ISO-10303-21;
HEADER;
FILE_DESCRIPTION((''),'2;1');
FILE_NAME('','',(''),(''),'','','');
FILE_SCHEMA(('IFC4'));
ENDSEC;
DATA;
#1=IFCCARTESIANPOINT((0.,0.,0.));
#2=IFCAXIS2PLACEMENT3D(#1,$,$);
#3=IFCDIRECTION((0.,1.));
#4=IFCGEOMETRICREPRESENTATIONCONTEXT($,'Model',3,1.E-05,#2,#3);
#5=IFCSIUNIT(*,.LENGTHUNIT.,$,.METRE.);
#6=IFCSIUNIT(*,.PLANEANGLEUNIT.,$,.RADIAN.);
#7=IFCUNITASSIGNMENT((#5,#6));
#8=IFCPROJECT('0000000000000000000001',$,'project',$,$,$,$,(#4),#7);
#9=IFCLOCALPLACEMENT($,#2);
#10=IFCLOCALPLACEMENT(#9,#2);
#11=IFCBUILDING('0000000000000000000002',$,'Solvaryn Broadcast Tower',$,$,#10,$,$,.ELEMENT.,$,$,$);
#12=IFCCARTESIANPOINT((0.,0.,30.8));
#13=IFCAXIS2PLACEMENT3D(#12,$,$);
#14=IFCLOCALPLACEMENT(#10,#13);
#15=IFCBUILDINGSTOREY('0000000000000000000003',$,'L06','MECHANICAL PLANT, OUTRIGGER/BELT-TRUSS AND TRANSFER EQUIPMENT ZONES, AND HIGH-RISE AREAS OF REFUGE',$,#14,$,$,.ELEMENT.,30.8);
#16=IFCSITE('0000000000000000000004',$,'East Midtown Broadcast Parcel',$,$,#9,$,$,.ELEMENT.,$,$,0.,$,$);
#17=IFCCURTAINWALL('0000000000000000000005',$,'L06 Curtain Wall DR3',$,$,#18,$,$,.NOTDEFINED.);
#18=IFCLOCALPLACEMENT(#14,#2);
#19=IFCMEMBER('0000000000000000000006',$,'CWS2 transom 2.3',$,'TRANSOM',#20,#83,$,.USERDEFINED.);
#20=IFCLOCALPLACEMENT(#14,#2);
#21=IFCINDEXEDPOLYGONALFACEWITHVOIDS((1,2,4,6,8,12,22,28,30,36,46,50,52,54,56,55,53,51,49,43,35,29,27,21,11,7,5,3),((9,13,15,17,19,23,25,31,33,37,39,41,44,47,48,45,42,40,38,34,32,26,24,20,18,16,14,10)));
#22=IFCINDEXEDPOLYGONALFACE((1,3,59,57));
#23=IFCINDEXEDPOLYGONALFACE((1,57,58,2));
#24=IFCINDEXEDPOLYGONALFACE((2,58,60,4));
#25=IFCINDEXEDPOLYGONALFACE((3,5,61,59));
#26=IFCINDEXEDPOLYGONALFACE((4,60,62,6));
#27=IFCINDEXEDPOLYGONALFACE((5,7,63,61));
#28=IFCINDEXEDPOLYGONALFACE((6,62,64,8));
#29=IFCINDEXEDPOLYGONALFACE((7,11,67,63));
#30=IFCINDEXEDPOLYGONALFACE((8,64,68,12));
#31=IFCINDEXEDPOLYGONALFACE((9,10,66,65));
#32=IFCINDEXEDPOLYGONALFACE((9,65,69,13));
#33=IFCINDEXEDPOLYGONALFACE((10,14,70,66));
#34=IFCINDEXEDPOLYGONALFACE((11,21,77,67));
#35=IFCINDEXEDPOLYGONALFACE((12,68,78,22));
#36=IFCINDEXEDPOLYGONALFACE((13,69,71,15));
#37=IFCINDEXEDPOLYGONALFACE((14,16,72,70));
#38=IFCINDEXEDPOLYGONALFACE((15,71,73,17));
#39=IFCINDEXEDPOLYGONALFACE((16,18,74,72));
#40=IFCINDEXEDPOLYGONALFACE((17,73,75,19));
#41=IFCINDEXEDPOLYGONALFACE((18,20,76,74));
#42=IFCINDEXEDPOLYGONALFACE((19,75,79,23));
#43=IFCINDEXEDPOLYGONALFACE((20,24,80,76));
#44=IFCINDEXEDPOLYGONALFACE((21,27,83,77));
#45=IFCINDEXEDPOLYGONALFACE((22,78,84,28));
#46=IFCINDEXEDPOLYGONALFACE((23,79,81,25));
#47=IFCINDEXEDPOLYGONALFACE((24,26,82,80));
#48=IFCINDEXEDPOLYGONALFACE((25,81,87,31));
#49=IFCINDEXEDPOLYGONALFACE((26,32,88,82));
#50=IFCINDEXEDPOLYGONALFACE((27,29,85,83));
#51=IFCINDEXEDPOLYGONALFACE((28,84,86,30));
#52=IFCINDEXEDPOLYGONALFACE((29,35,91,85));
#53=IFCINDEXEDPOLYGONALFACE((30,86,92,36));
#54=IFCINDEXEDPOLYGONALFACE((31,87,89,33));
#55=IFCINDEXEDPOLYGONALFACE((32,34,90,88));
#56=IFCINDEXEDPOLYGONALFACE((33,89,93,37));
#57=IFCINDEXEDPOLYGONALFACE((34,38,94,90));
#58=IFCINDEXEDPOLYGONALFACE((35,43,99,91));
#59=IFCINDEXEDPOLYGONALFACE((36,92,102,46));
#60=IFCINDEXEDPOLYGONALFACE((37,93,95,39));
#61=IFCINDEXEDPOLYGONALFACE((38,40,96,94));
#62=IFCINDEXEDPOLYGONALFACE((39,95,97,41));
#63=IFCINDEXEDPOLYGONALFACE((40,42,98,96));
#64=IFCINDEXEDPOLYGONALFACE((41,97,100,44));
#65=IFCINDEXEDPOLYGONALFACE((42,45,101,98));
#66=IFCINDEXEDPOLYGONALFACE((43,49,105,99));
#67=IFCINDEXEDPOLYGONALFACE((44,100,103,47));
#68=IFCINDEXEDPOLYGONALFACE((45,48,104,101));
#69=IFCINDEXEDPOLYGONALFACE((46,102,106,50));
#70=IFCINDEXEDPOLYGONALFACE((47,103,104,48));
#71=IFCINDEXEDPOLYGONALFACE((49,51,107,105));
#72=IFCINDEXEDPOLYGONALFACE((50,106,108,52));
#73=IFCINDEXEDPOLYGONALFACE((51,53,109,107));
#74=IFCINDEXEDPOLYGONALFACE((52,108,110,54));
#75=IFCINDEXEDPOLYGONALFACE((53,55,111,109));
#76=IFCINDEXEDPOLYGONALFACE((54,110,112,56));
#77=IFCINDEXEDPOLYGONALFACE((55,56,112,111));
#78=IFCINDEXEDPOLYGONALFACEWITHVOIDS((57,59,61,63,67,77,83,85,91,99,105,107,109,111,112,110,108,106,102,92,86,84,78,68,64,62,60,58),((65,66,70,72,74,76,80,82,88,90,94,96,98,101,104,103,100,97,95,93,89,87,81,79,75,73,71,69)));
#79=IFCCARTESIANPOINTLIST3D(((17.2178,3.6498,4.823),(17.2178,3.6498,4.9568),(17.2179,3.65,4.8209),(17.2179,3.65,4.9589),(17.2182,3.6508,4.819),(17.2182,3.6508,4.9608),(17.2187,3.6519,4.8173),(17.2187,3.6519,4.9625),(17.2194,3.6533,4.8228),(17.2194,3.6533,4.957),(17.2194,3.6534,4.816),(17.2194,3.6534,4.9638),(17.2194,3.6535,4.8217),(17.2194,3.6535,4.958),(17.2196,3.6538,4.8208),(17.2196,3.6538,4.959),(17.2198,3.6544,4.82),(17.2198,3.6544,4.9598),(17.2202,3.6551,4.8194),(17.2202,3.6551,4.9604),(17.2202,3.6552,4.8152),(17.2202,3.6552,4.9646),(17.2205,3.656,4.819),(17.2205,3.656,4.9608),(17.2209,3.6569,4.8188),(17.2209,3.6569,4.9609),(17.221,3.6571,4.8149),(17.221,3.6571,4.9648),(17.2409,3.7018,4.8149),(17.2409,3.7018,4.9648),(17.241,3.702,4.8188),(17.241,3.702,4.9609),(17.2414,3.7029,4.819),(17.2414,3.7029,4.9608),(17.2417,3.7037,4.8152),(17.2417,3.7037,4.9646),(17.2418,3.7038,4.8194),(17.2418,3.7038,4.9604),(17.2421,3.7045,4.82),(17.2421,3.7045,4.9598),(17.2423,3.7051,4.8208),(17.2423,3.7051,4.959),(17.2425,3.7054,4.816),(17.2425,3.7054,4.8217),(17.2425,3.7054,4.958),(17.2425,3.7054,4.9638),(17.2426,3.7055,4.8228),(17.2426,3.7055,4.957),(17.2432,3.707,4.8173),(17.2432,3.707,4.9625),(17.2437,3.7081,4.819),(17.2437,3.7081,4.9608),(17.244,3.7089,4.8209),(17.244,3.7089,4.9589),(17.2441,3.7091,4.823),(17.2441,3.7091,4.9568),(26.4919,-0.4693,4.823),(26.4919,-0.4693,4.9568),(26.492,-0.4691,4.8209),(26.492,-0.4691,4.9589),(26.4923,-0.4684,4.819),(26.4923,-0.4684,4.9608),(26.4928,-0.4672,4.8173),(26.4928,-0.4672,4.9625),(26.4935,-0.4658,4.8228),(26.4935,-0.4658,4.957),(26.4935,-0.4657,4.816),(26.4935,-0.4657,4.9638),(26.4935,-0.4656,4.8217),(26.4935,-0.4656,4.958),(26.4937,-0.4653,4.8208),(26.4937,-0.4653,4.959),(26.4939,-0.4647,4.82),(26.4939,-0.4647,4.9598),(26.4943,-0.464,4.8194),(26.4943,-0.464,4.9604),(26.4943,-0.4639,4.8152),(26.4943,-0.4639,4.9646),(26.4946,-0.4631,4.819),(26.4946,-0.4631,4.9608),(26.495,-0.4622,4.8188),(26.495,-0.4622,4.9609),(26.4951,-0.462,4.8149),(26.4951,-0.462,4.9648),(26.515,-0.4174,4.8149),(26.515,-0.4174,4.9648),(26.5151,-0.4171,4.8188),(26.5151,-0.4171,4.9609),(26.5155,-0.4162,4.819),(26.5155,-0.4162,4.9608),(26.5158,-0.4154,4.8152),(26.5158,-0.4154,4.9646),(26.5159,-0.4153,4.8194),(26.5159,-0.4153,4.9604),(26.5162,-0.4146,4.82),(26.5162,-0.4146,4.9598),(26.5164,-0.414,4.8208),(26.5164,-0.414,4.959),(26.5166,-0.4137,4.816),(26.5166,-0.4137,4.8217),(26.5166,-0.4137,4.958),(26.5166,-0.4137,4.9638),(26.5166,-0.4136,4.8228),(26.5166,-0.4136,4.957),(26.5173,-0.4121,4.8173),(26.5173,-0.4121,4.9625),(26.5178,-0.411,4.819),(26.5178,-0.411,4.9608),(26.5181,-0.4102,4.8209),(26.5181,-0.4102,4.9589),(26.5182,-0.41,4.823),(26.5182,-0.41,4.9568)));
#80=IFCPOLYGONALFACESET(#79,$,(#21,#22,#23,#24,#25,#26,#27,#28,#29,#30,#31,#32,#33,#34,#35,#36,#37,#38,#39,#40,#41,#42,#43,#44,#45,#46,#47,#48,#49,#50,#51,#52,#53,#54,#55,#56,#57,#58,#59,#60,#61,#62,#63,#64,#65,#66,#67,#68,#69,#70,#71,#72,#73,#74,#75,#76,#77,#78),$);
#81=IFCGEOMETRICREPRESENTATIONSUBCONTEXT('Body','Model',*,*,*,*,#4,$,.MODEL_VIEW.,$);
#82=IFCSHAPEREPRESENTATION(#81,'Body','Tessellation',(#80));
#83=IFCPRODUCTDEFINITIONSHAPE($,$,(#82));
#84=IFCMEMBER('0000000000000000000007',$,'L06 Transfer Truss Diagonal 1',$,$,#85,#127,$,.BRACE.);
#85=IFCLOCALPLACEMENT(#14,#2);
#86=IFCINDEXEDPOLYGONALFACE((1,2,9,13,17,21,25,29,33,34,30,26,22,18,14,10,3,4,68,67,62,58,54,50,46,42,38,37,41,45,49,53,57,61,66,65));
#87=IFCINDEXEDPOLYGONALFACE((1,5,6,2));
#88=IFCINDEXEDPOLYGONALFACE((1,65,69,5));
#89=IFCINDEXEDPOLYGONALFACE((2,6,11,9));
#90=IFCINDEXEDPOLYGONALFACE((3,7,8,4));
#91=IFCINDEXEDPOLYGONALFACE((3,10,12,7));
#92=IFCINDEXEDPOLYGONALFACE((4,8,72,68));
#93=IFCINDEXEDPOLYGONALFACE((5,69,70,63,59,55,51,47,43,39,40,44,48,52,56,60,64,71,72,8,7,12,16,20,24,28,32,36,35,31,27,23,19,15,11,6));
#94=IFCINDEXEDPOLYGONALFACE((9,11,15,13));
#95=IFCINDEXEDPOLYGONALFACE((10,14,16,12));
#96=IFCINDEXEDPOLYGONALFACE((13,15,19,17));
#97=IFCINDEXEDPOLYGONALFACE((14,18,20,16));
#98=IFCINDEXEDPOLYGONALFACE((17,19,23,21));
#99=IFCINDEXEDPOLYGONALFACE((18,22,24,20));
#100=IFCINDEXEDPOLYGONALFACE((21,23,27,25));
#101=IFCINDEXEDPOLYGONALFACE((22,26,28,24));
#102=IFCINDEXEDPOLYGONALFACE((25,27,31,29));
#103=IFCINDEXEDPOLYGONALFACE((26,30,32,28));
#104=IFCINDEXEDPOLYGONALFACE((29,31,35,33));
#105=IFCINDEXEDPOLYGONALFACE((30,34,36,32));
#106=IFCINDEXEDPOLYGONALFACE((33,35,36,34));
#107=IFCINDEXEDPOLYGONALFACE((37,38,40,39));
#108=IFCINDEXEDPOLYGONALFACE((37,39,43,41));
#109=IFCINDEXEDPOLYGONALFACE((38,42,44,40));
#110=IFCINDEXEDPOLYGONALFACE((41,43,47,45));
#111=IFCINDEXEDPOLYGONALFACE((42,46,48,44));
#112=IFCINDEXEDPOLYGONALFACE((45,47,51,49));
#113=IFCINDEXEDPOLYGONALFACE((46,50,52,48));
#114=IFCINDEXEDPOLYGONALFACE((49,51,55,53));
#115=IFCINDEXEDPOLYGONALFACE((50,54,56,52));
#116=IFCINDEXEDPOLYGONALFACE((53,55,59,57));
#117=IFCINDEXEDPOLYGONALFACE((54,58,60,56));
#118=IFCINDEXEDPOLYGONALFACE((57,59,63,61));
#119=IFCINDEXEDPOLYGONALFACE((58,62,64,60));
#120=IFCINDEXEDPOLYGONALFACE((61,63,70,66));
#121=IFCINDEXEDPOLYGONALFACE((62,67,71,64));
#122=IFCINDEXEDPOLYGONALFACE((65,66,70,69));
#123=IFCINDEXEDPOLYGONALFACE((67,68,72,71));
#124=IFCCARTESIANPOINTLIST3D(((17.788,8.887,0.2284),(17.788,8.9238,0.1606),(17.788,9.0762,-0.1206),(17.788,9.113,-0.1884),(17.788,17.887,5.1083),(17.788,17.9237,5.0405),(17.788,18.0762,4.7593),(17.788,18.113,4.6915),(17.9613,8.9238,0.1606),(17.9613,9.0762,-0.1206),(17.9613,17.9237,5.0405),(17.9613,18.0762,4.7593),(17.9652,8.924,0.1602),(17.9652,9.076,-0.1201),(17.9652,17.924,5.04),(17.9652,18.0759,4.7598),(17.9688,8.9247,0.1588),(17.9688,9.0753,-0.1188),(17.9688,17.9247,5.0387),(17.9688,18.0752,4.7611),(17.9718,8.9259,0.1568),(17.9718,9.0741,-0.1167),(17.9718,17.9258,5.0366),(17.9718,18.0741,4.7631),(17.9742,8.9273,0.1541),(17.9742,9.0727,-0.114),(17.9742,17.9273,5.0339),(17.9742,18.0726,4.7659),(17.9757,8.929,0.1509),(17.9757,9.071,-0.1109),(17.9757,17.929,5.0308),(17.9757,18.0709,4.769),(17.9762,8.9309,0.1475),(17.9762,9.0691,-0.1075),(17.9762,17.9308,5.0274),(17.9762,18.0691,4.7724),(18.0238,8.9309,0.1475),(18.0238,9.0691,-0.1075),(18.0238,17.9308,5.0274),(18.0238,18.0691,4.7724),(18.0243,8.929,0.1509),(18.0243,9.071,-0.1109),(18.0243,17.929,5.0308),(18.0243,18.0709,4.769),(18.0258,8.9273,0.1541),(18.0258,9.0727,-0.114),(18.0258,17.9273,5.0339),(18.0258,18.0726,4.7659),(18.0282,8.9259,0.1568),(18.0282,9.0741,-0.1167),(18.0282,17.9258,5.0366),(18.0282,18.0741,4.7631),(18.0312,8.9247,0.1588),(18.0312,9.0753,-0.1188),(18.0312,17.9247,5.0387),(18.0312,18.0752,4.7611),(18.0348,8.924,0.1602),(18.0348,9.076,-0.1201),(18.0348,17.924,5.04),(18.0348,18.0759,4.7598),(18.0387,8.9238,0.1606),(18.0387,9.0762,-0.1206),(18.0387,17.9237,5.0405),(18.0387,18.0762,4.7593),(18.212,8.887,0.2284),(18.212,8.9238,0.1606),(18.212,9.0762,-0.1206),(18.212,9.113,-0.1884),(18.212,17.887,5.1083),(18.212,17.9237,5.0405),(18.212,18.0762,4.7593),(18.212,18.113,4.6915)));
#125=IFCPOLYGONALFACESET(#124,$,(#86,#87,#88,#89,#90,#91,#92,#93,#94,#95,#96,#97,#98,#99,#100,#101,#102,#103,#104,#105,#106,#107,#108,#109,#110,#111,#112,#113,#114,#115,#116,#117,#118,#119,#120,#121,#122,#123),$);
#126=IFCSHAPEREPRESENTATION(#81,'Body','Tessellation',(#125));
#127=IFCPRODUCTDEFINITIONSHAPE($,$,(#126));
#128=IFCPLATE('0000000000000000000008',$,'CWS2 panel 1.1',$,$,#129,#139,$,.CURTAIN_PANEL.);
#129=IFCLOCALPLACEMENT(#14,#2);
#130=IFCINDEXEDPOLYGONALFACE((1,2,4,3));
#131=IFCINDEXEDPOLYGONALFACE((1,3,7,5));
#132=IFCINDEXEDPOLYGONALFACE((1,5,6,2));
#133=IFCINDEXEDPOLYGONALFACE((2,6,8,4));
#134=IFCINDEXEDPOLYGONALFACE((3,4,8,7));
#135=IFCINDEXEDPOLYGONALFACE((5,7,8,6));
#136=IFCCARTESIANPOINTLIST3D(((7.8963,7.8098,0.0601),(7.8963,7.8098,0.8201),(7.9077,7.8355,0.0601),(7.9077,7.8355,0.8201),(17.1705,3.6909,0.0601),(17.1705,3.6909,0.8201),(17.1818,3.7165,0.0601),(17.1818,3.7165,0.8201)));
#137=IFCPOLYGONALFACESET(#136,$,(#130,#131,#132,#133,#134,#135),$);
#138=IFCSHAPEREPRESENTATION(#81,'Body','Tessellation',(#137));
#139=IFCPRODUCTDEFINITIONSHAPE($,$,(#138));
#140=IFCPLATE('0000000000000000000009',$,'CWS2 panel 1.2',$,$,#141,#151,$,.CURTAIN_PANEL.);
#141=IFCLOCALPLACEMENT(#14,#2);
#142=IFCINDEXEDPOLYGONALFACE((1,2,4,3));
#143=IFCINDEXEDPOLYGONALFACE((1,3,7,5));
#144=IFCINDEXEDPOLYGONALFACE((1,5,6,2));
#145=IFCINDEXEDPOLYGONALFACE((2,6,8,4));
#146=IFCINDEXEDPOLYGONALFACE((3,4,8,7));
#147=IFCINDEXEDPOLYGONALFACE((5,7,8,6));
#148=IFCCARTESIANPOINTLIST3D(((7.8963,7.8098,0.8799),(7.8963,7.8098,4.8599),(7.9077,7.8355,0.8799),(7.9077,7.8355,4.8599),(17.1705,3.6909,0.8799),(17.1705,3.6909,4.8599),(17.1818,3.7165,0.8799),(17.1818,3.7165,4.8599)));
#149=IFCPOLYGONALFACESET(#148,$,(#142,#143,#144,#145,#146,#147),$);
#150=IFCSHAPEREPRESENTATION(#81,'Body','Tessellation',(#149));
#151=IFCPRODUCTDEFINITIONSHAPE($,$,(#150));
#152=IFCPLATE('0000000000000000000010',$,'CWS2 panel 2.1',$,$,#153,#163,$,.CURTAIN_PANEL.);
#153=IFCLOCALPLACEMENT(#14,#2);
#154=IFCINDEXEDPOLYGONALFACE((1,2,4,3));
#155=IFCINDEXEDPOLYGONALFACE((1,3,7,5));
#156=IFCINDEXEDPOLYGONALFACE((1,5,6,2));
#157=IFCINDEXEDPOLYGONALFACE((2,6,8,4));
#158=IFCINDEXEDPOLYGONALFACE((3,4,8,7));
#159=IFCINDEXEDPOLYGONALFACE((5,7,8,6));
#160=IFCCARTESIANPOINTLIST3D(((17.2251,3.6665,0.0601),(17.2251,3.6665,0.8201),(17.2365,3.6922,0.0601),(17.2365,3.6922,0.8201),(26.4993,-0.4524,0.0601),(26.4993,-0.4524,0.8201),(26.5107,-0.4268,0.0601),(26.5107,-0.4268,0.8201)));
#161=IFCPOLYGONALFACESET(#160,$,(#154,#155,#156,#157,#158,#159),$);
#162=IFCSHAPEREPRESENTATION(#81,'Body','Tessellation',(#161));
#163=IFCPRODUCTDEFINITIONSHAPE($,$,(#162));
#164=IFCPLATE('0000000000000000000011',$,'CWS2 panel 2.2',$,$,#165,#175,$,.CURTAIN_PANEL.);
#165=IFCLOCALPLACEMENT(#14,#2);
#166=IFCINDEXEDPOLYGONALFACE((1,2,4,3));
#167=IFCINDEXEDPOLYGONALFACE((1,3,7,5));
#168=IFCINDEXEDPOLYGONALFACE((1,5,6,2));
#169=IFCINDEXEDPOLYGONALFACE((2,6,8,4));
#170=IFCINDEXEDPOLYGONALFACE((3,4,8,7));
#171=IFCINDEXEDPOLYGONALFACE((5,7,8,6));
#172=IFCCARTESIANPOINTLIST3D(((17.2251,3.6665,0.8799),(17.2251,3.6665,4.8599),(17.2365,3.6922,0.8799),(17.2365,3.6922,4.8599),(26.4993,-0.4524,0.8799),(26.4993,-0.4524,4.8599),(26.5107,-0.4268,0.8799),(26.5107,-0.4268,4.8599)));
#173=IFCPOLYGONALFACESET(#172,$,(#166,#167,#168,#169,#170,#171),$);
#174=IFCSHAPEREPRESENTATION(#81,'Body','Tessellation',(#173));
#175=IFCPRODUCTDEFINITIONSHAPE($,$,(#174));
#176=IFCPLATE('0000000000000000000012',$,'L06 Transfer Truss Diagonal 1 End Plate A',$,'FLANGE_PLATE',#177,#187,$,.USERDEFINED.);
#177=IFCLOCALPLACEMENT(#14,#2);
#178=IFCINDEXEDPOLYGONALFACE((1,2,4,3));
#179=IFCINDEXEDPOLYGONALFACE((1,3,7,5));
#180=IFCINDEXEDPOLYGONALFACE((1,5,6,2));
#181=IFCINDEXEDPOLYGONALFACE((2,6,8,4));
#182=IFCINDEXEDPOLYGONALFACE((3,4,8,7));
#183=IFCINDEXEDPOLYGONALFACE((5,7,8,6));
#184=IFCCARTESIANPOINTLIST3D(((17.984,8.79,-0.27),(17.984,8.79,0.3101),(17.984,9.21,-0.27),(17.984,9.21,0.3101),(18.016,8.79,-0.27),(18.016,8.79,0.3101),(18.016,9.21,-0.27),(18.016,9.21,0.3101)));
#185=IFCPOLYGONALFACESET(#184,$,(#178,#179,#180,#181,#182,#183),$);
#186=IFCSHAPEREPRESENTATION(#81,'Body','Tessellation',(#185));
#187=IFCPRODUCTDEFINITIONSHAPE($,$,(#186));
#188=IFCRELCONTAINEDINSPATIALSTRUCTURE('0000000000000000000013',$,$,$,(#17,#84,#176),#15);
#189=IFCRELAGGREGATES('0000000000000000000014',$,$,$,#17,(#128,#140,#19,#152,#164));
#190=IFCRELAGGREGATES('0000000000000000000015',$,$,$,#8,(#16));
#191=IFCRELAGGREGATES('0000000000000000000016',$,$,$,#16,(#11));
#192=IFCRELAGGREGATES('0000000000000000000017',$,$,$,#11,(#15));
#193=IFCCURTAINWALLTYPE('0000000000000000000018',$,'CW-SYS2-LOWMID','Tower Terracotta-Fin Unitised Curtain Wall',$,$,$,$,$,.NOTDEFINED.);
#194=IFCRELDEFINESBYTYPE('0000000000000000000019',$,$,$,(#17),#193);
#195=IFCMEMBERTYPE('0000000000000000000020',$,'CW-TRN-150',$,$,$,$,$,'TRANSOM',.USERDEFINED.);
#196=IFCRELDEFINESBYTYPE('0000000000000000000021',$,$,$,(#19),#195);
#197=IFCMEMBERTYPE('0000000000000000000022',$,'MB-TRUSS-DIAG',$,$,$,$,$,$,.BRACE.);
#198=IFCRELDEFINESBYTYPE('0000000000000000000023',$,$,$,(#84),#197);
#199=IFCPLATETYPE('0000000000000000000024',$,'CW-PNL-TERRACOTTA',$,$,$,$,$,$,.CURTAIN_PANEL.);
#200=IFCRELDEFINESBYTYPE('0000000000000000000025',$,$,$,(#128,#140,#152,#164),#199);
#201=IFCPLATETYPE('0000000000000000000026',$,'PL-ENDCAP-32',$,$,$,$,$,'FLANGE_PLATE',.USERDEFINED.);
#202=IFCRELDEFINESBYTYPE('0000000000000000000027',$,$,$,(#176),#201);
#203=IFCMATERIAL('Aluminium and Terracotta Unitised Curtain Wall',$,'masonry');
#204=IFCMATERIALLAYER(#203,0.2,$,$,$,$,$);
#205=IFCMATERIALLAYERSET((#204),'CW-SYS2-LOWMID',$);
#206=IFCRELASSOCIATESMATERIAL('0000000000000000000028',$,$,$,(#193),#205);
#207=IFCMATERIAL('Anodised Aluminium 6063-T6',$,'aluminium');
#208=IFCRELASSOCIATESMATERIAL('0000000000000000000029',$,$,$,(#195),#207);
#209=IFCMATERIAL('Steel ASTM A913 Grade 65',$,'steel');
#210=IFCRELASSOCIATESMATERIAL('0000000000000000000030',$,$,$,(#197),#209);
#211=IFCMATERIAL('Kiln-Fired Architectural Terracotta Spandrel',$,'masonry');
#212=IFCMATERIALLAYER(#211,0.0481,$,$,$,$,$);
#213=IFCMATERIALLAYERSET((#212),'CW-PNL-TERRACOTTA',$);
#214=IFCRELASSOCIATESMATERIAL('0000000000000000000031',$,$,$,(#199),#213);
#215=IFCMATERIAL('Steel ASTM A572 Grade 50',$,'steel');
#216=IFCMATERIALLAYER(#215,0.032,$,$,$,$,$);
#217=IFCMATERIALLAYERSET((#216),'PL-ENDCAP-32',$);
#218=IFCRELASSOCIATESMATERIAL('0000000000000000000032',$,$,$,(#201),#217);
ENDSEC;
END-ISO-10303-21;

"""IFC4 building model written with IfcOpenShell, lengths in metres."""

from ifc_helpers import new_model, si_unit, direction, frame, origin, origin_2d, place, context, subcontext, project, spatial, rectangle, hollow_rectangle, i_section, extrude, material, layer, layer_set, material_profile, profile_set, type_object, element, aggregate, save


model = new_model("IFC4")

# Units and contexts
model_context = context("Model", 3, precision=1e-05, world=origin(), true_north=direction((0.0, 1.0)))
body_context = subcontext(model_context, "Body", "Model", "MODEL_VIEW")
ifc_project = project(units=[si_unit("LENGTHUNIT", "METRE"), si_unit("PLANEANGLEUNIT", "RADIAN")], contexts=[model_context])

# Site, building, storey
site_placement = place(None, origin())
site = spatial("IfcSite", under=ifc_project, at=site_placement, Name="East Midtown Broadcast Parcel", CompositionType="ELEMENT", RefElevation=0.0)
building_placement = place(site_placement, origin())
building = spatial("IfcBuilding", under=site, at=building_placement, Name="Solvaryn Broadcast Tower", CompositionType="ELEMENT")
storey_placement = place(building_placement, frame((0.0, 0.0, 30.8)))
storey = spatial("IfcBuildingStorey", under=building, at=storey_placement, Name="L06", Description="MECHANICAL PLANT, OUTRIGGER/BELT-TRUSS AND TRANSFER EQUIPMENT ZONES, AND HIGH-RISE AREAS OF REFUGE", CompositionType="ELEMENT", Elevation=30.8)

# Curtain wall, member
ifc_material_1 = material(Name="Aluminium and Terracotta Unitised Curtain Wall", Category="masonry")
ifc_layer_1 = layer(ifc_material_1, 0.2)
ifc_layer_set_1 = layer_set([ifc_layer_1], Name="CW-SYS2-LOWMID")
curtain_wall_type = type_object("IfcCurtainWallType", Name="CW-SYS2-LOWMID", Description="Tower Terracotta-Fin Unitised Curtain Wall", PredefinedType="NOTDEFINED", material=ifc_layer_set_1)
curtain_wall_placement = place(storey_placement, origin())
curtain_wall = element("IfcCurtainWall", 1, at=curtain_wall_placement, inside=storey, type_object=curtain_wall_type, Name="L06 Curtain Wall DR3", PredefinedType="NOTDEFINED")
ifc_material_2 = material(Name="Anodised Aluminium 6063-T6", Category="aluminium")
ifc_material_profile_1 = material_profile(ifc_material_2, hollow_rectangle(XDim=0.0649, YDim=0.1499, WallThickness=0.0039, InnerFilletRadius=0.0039, OuterFilletRadius=0.0081, at=origin_2d()))
ifc_profile_set_1 = profile_set([ifc_material_profile_1], Name="Anodised Aluminium 6063-T6")
member_type_1 = type_object("IfcMemberType", Name="CW-TRN-150", ElementType="TRANSOM", PredefinedType="USERDEFINED", material=ifc_profile_set_1)
member_1_placement = place(storey_placement, frame((17.231, 3.6794, 4.8899), z_axis=(0.913911, -0.405915, 0.0), x_axis=(0.405915, 0.913911, 0.0)))
member_1 = element("IfcMember", 2, at=member_1_placement, type_object=member_type_1, Name="CWS2 transom 2.3", ObjectType="TRANSOM", PredefinedType="USERDEFINED", context=body_context, shape_type="SweptSolid", body=[
    extrude(hollow_rectangle(XDim=0.0649, YDim=0.1499, WallThickness=0.0039, InnerFilletRadius=0.0039, OuterFilletRadius=0.0081, at=origin_2d()), origin(), (0.0, 0.0, 1.0), 10.1477),
])

# Member
ifc_material_3 = material(Name="Steel ASTM A913 Grade 65", Category="steel")
ifc_material_profile_2 = material_profile(ifc_material_3, i_section(OverallWidth=0.4241, OverallDepth=0.4741, WebThickness=0.0476, FlangeThickness=0.0771, FilletRadius=0.0149, at=origin_2d()))
ifc_profile_set_2 = profile_set([ifc_material_profile_2], Name="Steel ASTM A913 Grade 65")
member_type_2 = type_object("IfcMemberType", Name="MB-TRUSS-DIAG", PredefinedType="BRACE", material=ifc_profile_set_2)
member_2_placement = place(storey_placement, frame((18.0, 9.0, 0.02), z_axis=(0.0, 0.879092, 0.476652), x_axis=(-1.0, 0.0, 0.0)))
element("IfcMember", 3, at=member_2_placement, inside=storey, type_object=member_type_2, Name="L06 Transfer Truss Diagonal 1", PredefinedType="BRACE", context=body_context, shape_type="SweptSolid", body=[
    extrude(i_section(OverallWidth=0.4241, OverallDepth=0.4741, WebThickness=0.0476, FlangeThickness=0.0771, FilletRadius=0.0149, at=origin_2d()), origin(), (0.0, 0.0, 1.0), 10.2378),
])

# Plates
ifc_material_4 = material(Name="Kiln-Fired Architectural Terracotta Spandrel", Category="masonry")
ifc_layer_2 = layer(ifc_material_4, 0.0481)
ifc_layer_set_2 = layer_set([ifc_layer_2], Name="CW-PNL-TERRACOTTA")
plate_type_1 = type_object("IfcPlateType", Name="CW-PNL-TERRACOTTA", PredefinedType="CURTAIN_PANEL", material=ifc_layer_set_2)
plate_1_placement = place(storey_placement, frame((12.5391, 5.7632, 0.0601), z_axis=(0.0, 0.0, 1.0), x_axis=(0.913918, -0.405898, 0.0)))
plate_1 = element("IfcPlate", 4, at=plate_1_placement, type_object=plate_type_1, Name="CWS2 panel 1.1", PredefinedType="CURTAIN_PANEL", context=body_context, shape_type="SweptSolid", body=[
    extrude(rectangle(XDim=10.1477, YDim=0.0281, at=origin_2d()), origin(), (0.0, 0.0, 1.0), 0.76),
])
plate_2_placement = place(storey_placement, frame((12.5391, 5.7632, 0.8799), z_axis=(0.0, 0.0, 1.0), x_axis=(0.913918, -0.405898, 0.0)))
plate_2 = element("IfcPlate", 5, at=plate_2_placement, type_object=plate_type_1, Name="CWS2 panel 1.2", PredefinedType="CURTAIN_PANEL", context=body_context, shape_type="SweptSolid", body=[
    extrude(rectangle(XDim=10.1477, YDim=0.0281, at=origin_2d()), origin(), (0.0, 0.0, 1.0), 3.98),
])
plate_3_placement = place(storey_placement, frame((21.8679, 1.6199, 0.0601), z_axis=(0.0, 0.0, 1.0), x_axis=(0.913918, -0.405898, 0.0)))
plate_3 = element("IfcPlate", 6, at=plate_3_placement, type_object=plate_type_1, Name="CWS2 panel 2.1", PredefinedType="CURTAIN_PANEL", context=body_context, shape_type="SweptSolid", body=[
    extrude(rectangle(XDim=10.1477, YDim=0.0281, at=origin_2d()), origin(), (0.0, 0.0, 1.0), 0.76),
])
plate_4_placement = place(storey_placement, frame((21.8679, 1.6199, 0.8799), z_axis=(0.0, 0.0, 1.0), x_axis=(0.913918, -0.405898, 0.0)))
plate_4 = element("IfcPlate", 7, at=plate_4_placement, type_object=plate_type_1, Name="CWS2 panel 2.2", PredefinedType="CURTAIN_PANEL", context=body_context, shape_type="SweptSolid", body=[
    extrude(rectangle(XDim=10.1477, YDim=0.0281, at=origin_2d()), origin(), (0.0, 0.0, 1.0), 3.98),
])
aggregate(curtain_wall, [plate_1, plate_2, member_1, plate_3, plate_4])
ifc_material_5 = material(Name="Steel ASTM A572 Grade 50", Category="steel")
ifc_layer_3 = layer(ifc_material_5, 0.032)
ifc_layer_set_3 = layer_set([ifc_layer_3], Name="PL-ENDCAP-32")
plate_type_2 = type_object("IfcPlateType", Name="PL-ENDCAP-32", ElementType="FLANGE_PLATE", PredefinedType="USERDEFINED", material=ifc_layer_set_3)
plate_5_placement = place(storey_placement, frame((18.0, 9.0, -0.27), z_axis=(0.0, 0.0, 1.0), x_axis=(1.0, 0.0, 0.0)))
element("IfcPlate", 8, at=plate_5_placement, inside=storey, type_object=plate_type_2, Name="L06 Transfer Truss Diagonal 1 End Plate A", ObjectType="FLANGE_PLATE", PredefinedType="USERDEFINED", context=body_context, shape_type="SweptSolid", body=[
    extrude(rectangle(XDim=0.032, YDim=0.4199, at=origin_2d()), origin(), (0.0, 0.0, 1.0), 0.5801),
])

save(model, "model.ifc")
